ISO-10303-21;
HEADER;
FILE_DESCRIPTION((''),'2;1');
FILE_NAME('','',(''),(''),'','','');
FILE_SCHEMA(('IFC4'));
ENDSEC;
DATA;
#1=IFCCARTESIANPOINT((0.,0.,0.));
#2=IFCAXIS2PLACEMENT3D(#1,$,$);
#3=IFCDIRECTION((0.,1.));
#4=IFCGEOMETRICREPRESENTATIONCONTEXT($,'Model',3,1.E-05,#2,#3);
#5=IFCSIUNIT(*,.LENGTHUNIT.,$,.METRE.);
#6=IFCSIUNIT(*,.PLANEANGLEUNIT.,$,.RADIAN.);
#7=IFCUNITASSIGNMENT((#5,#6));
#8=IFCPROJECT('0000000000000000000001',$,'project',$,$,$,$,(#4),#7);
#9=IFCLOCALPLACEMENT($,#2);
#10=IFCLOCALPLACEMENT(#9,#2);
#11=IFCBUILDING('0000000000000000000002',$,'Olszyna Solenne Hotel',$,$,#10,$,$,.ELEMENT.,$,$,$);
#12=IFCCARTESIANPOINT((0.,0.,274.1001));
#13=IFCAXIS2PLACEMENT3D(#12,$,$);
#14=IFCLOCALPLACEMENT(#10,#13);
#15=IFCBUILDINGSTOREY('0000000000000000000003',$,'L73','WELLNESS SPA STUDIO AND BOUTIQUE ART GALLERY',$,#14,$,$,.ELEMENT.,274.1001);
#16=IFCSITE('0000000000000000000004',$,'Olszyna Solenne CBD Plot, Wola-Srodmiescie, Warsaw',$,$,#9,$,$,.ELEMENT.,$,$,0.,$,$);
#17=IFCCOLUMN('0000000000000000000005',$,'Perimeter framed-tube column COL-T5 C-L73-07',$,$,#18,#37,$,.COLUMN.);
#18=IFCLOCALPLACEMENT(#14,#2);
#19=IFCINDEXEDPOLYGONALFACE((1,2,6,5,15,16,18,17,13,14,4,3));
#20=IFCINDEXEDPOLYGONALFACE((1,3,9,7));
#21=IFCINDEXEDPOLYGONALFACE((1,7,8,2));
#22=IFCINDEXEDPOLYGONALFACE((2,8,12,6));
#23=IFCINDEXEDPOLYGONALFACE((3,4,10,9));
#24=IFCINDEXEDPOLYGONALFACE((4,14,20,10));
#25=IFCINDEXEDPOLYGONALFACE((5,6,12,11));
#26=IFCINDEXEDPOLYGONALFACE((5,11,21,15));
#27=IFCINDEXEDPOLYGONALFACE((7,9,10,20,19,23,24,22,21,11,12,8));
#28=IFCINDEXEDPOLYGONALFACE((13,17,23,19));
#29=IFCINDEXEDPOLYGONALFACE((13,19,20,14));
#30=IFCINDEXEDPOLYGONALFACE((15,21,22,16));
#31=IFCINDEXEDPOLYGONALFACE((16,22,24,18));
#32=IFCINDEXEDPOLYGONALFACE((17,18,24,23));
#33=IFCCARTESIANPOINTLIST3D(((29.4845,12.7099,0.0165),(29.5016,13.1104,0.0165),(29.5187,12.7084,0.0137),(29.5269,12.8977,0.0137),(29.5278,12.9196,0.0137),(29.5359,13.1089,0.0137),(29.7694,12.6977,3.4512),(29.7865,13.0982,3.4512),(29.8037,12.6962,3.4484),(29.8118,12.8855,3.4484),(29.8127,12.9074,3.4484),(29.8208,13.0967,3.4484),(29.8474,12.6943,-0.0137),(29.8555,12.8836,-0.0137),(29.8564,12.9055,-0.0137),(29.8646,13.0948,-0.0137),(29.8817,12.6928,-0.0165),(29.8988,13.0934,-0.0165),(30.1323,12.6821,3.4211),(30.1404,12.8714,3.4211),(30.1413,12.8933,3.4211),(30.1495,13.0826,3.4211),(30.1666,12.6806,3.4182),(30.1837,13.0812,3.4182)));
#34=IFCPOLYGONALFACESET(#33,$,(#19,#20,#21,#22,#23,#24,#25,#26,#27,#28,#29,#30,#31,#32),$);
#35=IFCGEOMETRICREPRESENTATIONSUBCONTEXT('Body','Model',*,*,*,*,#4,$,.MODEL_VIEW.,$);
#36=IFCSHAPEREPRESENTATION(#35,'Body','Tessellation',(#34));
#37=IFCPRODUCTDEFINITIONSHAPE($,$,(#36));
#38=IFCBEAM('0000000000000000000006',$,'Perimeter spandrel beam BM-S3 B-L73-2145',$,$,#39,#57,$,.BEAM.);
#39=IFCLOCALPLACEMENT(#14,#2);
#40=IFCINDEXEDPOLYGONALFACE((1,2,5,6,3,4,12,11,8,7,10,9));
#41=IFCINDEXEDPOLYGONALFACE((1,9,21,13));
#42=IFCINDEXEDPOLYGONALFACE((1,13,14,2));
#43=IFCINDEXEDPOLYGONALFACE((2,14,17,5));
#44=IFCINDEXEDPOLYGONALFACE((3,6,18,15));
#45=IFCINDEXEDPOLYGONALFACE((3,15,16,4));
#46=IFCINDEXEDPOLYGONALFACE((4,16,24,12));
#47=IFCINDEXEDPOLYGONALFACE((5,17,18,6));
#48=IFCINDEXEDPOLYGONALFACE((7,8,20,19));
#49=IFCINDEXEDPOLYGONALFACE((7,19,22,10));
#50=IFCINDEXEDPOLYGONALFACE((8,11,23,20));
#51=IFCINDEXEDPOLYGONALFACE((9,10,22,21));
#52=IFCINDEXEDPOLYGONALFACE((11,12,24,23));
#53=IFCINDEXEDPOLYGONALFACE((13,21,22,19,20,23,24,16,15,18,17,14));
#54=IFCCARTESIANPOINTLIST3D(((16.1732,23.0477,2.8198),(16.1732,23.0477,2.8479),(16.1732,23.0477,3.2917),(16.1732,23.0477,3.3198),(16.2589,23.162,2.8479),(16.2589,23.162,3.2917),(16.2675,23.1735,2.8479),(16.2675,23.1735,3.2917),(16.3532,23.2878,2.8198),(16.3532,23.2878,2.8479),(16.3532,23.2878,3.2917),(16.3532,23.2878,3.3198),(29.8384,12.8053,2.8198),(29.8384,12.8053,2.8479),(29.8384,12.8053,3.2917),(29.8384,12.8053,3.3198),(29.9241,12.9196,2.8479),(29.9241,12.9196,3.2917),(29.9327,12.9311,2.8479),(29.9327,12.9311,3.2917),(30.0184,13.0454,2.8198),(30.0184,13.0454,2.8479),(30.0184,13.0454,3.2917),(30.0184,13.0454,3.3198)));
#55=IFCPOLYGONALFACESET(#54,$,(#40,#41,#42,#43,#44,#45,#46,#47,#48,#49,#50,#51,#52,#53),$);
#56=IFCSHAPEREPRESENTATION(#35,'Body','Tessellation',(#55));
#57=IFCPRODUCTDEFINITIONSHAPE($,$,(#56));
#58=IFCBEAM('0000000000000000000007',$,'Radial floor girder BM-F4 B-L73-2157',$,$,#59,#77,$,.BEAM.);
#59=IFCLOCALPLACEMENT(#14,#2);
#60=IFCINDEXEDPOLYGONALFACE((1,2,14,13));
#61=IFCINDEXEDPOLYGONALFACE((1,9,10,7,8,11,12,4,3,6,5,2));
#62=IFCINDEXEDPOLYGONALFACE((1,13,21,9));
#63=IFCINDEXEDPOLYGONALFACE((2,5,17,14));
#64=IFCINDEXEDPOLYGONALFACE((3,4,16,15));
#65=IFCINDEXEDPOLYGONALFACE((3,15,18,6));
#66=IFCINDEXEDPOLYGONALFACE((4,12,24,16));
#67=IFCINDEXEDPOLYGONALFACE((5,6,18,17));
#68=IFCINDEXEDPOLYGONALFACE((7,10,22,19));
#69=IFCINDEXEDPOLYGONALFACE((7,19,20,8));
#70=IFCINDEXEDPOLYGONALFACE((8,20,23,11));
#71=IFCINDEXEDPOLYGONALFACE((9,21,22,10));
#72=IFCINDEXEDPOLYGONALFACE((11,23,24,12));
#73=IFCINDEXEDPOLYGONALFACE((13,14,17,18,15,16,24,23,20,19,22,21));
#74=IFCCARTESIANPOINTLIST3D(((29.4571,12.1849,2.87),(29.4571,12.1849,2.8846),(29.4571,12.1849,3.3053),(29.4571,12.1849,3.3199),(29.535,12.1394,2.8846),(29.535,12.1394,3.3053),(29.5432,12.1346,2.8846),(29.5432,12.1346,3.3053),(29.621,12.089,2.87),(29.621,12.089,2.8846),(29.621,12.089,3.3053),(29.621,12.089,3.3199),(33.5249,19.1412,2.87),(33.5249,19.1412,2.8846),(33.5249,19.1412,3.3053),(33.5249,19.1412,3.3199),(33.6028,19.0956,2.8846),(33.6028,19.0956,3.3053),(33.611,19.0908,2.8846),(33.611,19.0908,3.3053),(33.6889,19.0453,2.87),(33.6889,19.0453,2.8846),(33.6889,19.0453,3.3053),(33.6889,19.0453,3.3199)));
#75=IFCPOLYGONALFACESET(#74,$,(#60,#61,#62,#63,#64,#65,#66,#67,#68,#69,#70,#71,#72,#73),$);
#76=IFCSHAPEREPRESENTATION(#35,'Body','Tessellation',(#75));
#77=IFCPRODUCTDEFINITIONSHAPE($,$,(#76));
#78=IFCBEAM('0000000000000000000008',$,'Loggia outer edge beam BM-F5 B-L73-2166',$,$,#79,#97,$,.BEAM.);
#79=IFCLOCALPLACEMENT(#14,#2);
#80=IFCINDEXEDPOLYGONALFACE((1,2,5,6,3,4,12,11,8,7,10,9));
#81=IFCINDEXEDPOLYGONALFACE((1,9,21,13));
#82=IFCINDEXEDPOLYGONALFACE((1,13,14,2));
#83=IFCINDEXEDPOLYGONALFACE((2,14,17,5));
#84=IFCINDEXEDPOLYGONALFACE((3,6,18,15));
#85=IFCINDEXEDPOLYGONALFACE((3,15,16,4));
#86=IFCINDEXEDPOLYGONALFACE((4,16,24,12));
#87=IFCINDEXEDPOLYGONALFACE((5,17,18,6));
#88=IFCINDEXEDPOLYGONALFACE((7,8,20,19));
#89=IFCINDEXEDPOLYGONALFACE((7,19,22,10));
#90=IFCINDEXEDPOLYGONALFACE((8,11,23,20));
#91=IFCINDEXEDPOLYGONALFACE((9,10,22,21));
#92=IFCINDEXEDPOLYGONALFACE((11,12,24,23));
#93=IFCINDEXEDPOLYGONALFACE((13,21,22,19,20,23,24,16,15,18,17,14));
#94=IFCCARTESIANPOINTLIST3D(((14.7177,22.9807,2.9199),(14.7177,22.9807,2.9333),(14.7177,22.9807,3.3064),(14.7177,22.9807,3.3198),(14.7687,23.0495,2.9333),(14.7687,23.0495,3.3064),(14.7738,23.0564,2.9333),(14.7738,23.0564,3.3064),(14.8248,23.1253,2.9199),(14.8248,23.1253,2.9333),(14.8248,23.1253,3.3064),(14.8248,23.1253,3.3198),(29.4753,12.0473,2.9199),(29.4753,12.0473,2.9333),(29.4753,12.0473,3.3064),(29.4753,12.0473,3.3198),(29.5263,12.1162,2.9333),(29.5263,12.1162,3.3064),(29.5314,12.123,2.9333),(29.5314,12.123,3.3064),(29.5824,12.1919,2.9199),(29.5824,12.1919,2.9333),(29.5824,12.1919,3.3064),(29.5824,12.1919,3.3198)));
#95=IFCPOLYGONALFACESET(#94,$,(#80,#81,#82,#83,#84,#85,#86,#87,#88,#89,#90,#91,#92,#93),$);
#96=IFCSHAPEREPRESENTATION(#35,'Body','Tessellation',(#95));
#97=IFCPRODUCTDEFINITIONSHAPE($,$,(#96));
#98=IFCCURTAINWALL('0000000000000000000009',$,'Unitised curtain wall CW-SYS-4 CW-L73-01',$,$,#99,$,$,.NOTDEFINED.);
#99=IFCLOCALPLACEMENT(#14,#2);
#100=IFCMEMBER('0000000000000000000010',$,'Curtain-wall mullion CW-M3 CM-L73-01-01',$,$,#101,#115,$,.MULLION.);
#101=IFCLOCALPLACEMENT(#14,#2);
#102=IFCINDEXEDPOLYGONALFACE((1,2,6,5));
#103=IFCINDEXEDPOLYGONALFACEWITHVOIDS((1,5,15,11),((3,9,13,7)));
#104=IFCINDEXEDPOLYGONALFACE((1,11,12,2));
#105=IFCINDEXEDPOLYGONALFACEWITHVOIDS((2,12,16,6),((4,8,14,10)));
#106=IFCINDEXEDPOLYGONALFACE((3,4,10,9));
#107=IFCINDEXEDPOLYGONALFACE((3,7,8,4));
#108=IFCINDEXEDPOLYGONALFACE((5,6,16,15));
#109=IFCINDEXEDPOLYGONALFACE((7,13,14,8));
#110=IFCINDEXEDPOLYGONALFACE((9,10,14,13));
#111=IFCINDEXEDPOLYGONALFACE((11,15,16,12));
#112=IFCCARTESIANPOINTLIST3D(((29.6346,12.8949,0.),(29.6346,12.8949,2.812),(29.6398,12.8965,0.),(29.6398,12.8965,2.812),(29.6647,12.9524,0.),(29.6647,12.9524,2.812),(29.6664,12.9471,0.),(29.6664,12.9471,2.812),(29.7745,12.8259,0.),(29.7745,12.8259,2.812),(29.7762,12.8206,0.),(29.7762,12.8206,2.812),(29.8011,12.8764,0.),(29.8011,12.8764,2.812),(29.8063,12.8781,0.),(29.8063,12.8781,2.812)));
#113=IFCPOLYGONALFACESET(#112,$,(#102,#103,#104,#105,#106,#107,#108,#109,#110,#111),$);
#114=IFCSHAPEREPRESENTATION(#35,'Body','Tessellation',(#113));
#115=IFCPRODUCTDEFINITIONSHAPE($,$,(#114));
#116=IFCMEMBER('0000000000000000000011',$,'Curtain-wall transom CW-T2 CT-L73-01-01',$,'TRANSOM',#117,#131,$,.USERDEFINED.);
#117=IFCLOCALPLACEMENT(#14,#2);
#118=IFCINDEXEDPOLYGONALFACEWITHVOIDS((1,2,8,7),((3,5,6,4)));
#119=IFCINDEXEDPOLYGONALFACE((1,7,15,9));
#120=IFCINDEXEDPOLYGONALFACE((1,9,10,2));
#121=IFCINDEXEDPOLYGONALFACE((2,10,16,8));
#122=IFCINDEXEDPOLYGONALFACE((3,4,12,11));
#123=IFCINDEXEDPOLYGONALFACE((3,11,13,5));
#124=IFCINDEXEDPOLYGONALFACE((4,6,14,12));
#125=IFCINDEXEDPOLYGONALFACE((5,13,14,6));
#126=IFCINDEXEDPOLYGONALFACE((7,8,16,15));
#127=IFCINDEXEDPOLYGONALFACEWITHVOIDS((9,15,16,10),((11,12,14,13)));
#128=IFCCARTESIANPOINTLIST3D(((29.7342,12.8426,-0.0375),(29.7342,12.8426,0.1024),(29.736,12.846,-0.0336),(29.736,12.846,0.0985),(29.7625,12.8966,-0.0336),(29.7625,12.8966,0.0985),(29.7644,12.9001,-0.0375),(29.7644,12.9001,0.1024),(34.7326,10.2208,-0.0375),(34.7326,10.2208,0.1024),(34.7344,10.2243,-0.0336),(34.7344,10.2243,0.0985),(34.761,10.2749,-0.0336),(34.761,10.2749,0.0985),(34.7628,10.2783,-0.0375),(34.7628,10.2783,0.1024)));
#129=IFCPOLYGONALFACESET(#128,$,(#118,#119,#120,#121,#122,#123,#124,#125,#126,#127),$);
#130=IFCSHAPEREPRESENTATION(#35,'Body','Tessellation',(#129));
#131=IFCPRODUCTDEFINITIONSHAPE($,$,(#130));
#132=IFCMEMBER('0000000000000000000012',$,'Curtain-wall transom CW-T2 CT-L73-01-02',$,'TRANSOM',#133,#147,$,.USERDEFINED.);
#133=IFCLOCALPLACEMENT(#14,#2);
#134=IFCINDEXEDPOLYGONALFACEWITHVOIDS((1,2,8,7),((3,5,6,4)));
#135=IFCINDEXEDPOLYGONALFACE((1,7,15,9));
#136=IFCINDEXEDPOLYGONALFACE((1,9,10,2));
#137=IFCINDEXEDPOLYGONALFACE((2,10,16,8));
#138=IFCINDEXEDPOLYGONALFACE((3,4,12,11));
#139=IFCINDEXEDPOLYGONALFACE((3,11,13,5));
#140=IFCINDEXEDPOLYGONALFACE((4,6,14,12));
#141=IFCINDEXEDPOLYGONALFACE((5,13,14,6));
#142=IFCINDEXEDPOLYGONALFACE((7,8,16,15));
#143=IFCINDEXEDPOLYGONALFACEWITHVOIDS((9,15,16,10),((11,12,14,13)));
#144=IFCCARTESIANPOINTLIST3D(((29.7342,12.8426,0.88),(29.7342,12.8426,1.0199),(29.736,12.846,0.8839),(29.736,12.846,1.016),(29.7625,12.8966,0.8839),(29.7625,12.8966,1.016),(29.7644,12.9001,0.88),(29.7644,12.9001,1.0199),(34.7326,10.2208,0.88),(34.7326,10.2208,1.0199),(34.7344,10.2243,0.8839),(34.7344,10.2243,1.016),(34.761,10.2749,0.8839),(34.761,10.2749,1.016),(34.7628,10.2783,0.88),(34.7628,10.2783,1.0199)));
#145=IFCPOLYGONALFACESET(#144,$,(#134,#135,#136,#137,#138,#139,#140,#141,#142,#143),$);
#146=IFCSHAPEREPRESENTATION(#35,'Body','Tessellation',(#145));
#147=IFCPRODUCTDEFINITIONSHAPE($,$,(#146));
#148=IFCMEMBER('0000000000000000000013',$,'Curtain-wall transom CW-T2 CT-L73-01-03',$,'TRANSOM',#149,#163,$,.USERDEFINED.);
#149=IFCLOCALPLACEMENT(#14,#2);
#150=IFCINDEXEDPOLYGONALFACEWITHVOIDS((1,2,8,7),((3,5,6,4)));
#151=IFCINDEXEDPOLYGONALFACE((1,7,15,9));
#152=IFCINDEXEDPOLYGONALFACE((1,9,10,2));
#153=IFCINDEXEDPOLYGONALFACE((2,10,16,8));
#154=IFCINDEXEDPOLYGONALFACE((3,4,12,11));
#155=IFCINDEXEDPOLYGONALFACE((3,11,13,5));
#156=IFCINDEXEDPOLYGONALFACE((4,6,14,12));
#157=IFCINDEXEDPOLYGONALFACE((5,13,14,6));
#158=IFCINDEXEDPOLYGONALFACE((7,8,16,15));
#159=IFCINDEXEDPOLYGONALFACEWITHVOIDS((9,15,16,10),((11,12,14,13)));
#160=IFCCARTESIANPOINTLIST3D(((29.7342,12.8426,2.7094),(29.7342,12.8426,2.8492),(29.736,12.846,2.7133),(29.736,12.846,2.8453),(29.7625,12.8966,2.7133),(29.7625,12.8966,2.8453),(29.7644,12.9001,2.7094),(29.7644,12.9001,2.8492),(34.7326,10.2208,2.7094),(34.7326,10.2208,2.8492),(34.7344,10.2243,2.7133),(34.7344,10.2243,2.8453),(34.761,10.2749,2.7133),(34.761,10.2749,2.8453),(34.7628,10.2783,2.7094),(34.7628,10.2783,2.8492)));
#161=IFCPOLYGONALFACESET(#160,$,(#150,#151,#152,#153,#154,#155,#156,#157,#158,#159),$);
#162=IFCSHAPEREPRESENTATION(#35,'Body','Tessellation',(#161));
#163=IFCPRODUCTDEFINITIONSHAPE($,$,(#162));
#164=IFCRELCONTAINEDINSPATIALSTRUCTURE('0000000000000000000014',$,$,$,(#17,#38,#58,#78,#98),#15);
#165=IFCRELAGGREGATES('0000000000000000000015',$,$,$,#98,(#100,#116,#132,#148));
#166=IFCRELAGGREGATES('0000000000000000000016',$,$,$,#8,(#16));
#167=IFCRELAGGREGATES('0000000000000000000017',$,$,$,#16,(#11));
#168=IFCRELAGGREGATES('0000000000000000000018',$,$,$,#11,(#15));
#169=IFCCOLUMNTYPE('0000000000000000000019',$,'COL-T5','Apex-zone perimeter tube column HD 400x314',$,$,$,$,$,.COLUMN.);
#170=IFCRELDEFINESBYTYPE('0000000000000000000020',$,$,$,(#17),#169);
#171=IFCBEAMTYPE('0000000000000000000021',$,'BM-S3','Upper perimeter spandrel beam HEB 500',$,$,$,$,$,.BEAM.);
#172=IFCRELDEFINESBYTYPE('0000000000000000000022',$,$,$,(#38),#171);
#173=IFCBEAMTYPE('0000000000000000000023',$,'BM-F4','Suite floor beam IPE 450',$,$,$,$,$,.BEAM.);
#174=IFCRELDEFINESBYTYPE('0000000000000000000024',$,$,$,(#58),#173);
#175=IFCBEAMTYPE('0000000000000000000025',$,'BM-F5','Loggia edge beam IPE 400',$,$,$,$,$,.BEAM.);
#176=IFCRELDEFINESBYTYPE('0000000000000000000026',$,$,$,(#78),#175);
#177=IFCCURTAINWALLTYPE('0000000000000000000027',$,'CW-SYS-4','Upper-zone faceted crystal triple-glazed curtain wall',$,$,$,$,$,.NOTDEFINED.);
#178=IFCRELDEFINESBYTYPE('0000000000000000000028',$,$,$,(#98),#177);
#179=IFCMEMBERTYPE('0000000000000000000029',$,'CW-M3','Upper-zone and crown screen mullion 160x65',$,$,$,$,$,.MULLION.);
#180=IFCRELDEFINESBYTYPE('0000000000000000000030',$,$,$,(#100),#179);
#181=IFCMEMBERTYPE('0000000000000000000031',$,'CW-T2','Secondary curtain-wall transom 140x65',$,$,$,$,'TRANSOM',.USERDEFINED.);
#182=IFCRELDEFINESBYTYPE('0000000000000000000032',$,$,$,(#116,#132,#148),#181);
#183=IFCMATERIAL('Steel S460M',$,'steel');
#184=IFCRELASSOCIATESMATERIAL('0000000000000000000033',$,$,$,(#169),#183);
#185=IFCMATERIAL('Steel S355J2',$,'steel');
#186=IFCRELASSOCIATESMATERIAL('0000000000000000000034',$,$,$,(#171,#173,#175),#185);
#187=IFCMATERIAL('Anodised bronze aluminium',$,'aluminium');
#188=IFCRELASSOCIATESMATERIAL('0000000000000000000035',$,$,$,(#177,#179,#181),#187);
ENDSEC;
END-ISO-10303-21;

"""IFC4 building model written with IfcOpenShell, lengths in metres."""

from ifc_helpers import new_model, si_unit, direction, frame, origin, origin_2d, place, context, subcontext, project, spatial, hollow_rectangle, i_section, extrude, source, transform, mapped, material, material_profile, profile_set, type_object, element, aggregate, save


model = new_model("IFC4")

# Units and contexts
model_context = context("Model", 3, precision=1e-05, world=origin(), true_north=direction((0.0, 1.0)))
body_context = subcontext(model_context, "Body", "Model", "MODEL_VIEW")
ifc_project = project(units=[si_unit("LENGTHUNIT", "METRE"), si_unit("PLANEANGLEUNIT", "RADIAN")], contexts=[model_context])

# Site, building, storey
site_placement = place(None, origin())
site = spatial("IfcSite", under=ifc_project, at=site_placement, Name="Olszyna Solenne CBD Plot, Wola-Srodmiescie, Warsaw", CompositionType="ELEMENT", RefElevation=0.0)
building_placement = place(site_placement, origin())
building = spatial("IfcBuilding", under=site, at=building_placement, Name="Olszyna Solenne Hotel", CompositionType="ELEMENT")
storey_placement = place(building_placement, frame((0.0, 0.0, 274.1001)))
storey = spatial("IfcBuildingStorey", under=building, at=storey_placement, Name="L73", Description="WELLNESS SPA STUDIO AND BOUTIQUE ART GALLERY", CompositionType="ELEMENT", Elevation=274.1001)

# Column
ifc_material_1 = material(Name="Steel S460M", Category="steel")
ifc_material_profile_1 = material_profile(ifc_material_1, i_section(OverallWidth=0.4009, OverallDepth=0.3989, WebThickness=0.022, FlangeThickness=0.0344, at=origin_2d()), Name="HD 400x314", Category="load-bearing")
ifc_profile_set_1 = profile_set([ifc_material_profile_1], Name="Steel S460M")
column_type = type_object("IfcColumnType", Name="COL-T5", Description="Apex-zone perimeter tube column HD 400x314", PredefinedType="COLUMN", material=ifc_profile_set_1)
shared_shape_1 = source(origin(), body_context, "Body", "SweptSolid", [
    extrude(i_section(OverallWidth=0.4009, OverallDepth=0.3989, WebThickness=0.022, FlangeThickness=0.0344, at=origin_2d()), origin(), (0.0, 0.0, 1.0), 3.4465),
])
column_placement = place(storey_placement, frame((29.6917, 12.9016, 0.0), z_axis=(0.082664, -0.003542, 0.996571), x_axis=(0.042806, 0.999083, 0.0)))
element("IfcColumn", 1, at=column_placement, inside=storey, type_object=column_type, Name="Perimeter framed-tube column COL-T5 C-L73-07", PredefinedType="COLUMN", context=body_context, shape_type="MappedRepresentation", body=[
    mapped(shared_shape_1, transform((0.0, 0.0, 0.0), x_axis=(1.0, 0.0, 0.0), y_axis=(0.0, 1.0, 0.0), z_axis=(0.0, 0.0, 1.0), scale=1.0)),
])

# Beams
ifc_material_2 = material(Name="Steel S355J2", Category="steel")
ifc_material_profile_2 = material_profile(ifc_material_2, i_section(OverallWidth=0.3, OverallDepth=0.5, WebThickness=0.0144, FlangeThickness=0.0281, at=origin_2d()), Name="HEB 500", Category="load-bearing")
ifc_profile_set_2 = profile_set([ifc_material_profile_2], Name="Steel S355J2")
beam_type_1 = type_object("IfcBeamType", Name="BM-S3", Description="Upper perimeter spandrel beam HEB 500", PredefinedType="BEAM", material=ifc_profile_set_2)
shared_shape_2 = source(origin(), body_context, "Body", "SweptSolid", [
    extrude(i_section(OverallWidth=0.3, OverallDepth=0.5, WebThickness=0.0144, FlangeThickness=0.0281, at=origin_2d()), origin(), (0.0, 0.0, 1.0), 17.0776),
])
beam_1_placement = place(storey_placement, frame((16.2632, 23.1677, 3.0698), z_axis=(0.800184, -0.599755, 0.0), x_axis=(0.599755, 0.800184, 0.0)))
element("IfcBeam", 2, at=beam_1_placement, inside=storey, type_object=beam_type_1, Name="Perimeter spandrel beam BM-S3 B-L73-2145", PredefinedType="BEAM", context=body_context, shape_type="MappedRepresentation", body=[
    mapped(shared_shape_2, transform((0.0, 0.0, 0.0), x_axis=(1.0, 0.0, 0.0), y_axis=(0.0, 1.0, 0.0), z_axis=(0.0, 0.0, 1.0), scale=1.0)),
])
ifc_material_profile_3 = material_profile(ifc_material_2, i_section(OverallWidth=0.1899, OverallDepth=0.45, WebThickness=0.0095, FlangeThickness=0.0146, at=origin_2d()), Name="IPE 450", Category="load-bearing")
ifc_profile_set_3 = profile_set([ifc_material_profile_3], Name="Steel S355J2")
beam_type_2 = type_object("IfcBeamType", Name="BM-F4", Description="Suite floor beam IPE 450", PredefinedType="BEAM", material=ifc_profile_set_3)
shared_shape_3 = source(origin(), body_context, "Body", "SweptSolid", [
    extrude(i_section(OverallWidth=0.1899, OverallDepth=0.45, WebThickness=0.0095, FlangeThickness=0.0146, at=origin_2d()), origin(), (0.0, 0.0, 1.0), 8.0583),
])
beam_2_placement = place(storey_placement, frame((29.5391, 12.137, 3.095), z_axis=(0.504799, 0.863237, 0.0), x_axis=(-0.863237, 0.504799, 0.0)))
element("IfcBeam", 3, at=beam_2_placement, inside=storey, type_object=beam_type_2, Name="Radial floor girder BM-F4 B-L73-2157", PredefinedType="BEAM", context=body_context, shape_type="MappedRepresentation", body=[
    mapped(shared_shape_3, transform((0.0, 0.0, 0.0), x_axis=(1.0, 0.0, 0.0), y_axis=(0.0, 1.0, 0.0), z_axis=(0.0, 0.0, 1.0), scale=1.0)),
])
ifc_material_profile_4 = material_profile(ifc_material_2, i_section(OverallWidth=0.1799, OverallDepth=0.3999, WebThickness=0.0085, FlangeThickness=0.0134, at=origin_2d()), Name="IPE 400", Category="load-bearing")
ifc_profile_set_4 = profile_set([ifc_material_profile_4], Name="Steel S355J2")
beam_type_3 = type_object("IfcBeamType", Name="BM-F5", Description="Loggia edge beam IPE 400", PredefinedType="BEAM", material=ifc_profile_set_4)
shared_shape_4 = source(origin(), body_context, "Body", "SweptSolid", [
    extrude(i_section(OverallWidth=0.1799, OverallDepth=0.3999, WebThickness=0.0085, FlangeThickness=0.0134, at=origin_2d()), origin(), (0.0, 0.0, 1.0), 18.3665),
])
beam_3_placement = place(storey_placement, frame((14.7712, 23.053, 3.1199), z_axis=(0.80351, -0.595291, 0.0), x_axis=(0.595291, 0.80351, 0.0)))
element("IfcBeam", 4, at=beam_3_placement, inside=storey, type_object=beam_type_3, Name="Loggia outer edge beam BM-F5 B-L73-2166", PredefinedType="BEAM", context=body_context, shape_type="MappedRepresentation", body=[
    mapped(shared_shape_4, transform((0.0, 0.0, 0.0), x_axis=(1.0, 0.0, 0.0), y_axis=(0.0, 1.0, 0.0), z_axis=(0.0, 0.0, 1.0), scale=1.0)),
])

# Curtain wall, members
ifc_material_3 = material(Name="Anodised bronze aluminium", Category="aluminium")
curtain_wall_type = type_object("IfcCurtainWallType", Name="CW-SYS-4", Description="Upper-zone faceted crystal triple-glazed curtain wall", PredefinedType="NOTDEFINED", material=ifc_material_3)
curtain_wall_placement = place(storey_placement, origin())
curtain_wall = element("IfcCurtainWall", 5, at=curtain_wall_placement, inside=storey, type_object=curtain_wall_type, Name="Unitised curtain wall CW-SYS-4 CW-L73-01", PredefinedType="NOTDEFINED")
ifc_material_profile_5 = material_profile(ifc_material_3, hollow_rectangle(XDim=0.0649, YDim=0.1599, WallThickness=0.0039, at=origin_2d()), Name="MULL 160x65x4", Category="load-bearing")
ifc_profile_set_5 = profile_set([ifc_material_profile_5], Name="Anodised bronze aluminium")
member_type_1 = type_object("IfcMemberType", Name="CW-M3", Description="Upper-zone and crown screen mullion 160x65", PredefinedType="MULLION", material=ifc_profile_set_5)
shared_shape_5 = source(origin(), body_context, "Body", "SweptSolid", [
    extrude(hollow_rectangle(XDim=0.0649, YDim=0.1599, WallThickness=0.0039, at=origin_2d()), origin(), (0.0, 0.0, 1.0), 2.812),
])
member_1_placement = place(storey_placement, frame((29.7205, 12.8865, 0.0), z_axis=(0.0, 0.0, 1.0), x_axis=(0.464494, 0.885576, 0.0)))
member_1 = element("IfcMember", 6, at=member_1_placement, type_object=member_type_1, Name="Curtain-wall mullion CW-M3 CM-L73-01-01", PredefinedType="MULLION", context=body_context, shape_type="MappedRepresentation", body=[
    mapped(shared_shape_5, transform((0.0, 0.0, 0.0), x_axis=(1.0, 0.0, 0.0), y_axis=(0.0, 1.0, 0.0), z_axis=(0.0, 0.0, 1.0), scale=1.0)),
])
ifc_material_profile_6 = material_profile(ifc_material_3, hollow_rectangle(XDim=0.0649, YDim=0.1399, WallThickness=0.0039, at=origin_2d()), Name="TRAN 140x65x4", Category="load-bearing")
ifc_profile_set_6 = profile_set([ifc_material_profile_6], Name="Anodised bronze aluminium")
member_type_2 = type_object("IfcMemberType", Name="CW-T2", Description="Secondary curtain-wall transom 140x65", ElementType="TRANSOM", PredefinedType="USERDEFINED", material=ifc_profile_set_6)
shared_shape_6 = source(origin(), body_context, "Body", "SweptSolid", [
    extrude(hollow_rectangle(XDim=0.0649, YDim=0.1399, WallThickness=0.0039, at=origin_2d()), origin(), (0.0, 0.0, 1.0), 5.6443),
])
member_2_placement = place(storey_placement, frame((29.7493, 12.8713, 0.0325), z_axis=(0.885573, -0.4645, 0.0), x_axis=(0.4645, 0.885573, 0.0)))
member_2 = element("IfcMember", 7, at=member_2_placement, type_object=member_type_2, Name="Curtain-wall transom CW-T2 CT-L73-01-01", ObjectType="TRANSOM", PredefinedType="USERDEFINED", context=body_context, shape_type="MappedRepresentation", body=[
    mapped(shared_shape_6, transform((0.0, 0.0, 0.0), x_axis=(1.0, 0.0, 0.0), y_axis=(0.0, 1.0, 0.0), z_axis=(0.0, 0.0, 1.0), scale=1.0)),
])
member_3_placement = place(storey_placement, frame((29.7493, 12.8713, 0.95), z_axis=(0.885573, -0.4645, 0.0), x_axis=(0.4645, 0.885573, 0.0)))
member_3 = element("IfcMember", 8, at=member_3_placement, type_object=member_type_2, Name="Curtain-wall transom CW-T2 CT-L73-01-02", ObjectType="TRANSOM", PredefinedType="USERDEFINED", context=body_context, shape_type="MappedRepresentation", body=[
    mapped(shared_shape_6, transform((0.0, 0.0, 0.0), x_axis=(1.0, 0.0, 0.0), y_axis=(0.0, 1.0, 0.0), z_axis=(0.0, 0.0, 1.0), scale=1.0)),
])
member_4_placement = place(storey_placement, frame((29.7493, 12.8713, 2.7793), z_axis=(0.885573, -0.4645, 0.0), x_axis=(0.4645, 0.885573, 0.0)))
member_4 = element("IfcMember", 9, at=member_4_placement, type_object=member_type_2, Name="Curtain-wall transom CW-T2 CT-L73-01-03", ObjectType="TRANSOM", PredefinedType="USERDEFINED", context=body_context, shape_type="MappedRepresentation", body=[
    mapped(shared_shape_6, transform((0.0, 0.0, 0.0), x_axis=(1.0, 0.0, 0.0), y_axis=(0.0, 1.0, 0.0), z_axis=(0.0, 0.0, 1.0), scale=1.0)),
])
aggregate(curtain_wall, [member_1, member_2, member_3, member_4])

save(model, "model.ifc")
